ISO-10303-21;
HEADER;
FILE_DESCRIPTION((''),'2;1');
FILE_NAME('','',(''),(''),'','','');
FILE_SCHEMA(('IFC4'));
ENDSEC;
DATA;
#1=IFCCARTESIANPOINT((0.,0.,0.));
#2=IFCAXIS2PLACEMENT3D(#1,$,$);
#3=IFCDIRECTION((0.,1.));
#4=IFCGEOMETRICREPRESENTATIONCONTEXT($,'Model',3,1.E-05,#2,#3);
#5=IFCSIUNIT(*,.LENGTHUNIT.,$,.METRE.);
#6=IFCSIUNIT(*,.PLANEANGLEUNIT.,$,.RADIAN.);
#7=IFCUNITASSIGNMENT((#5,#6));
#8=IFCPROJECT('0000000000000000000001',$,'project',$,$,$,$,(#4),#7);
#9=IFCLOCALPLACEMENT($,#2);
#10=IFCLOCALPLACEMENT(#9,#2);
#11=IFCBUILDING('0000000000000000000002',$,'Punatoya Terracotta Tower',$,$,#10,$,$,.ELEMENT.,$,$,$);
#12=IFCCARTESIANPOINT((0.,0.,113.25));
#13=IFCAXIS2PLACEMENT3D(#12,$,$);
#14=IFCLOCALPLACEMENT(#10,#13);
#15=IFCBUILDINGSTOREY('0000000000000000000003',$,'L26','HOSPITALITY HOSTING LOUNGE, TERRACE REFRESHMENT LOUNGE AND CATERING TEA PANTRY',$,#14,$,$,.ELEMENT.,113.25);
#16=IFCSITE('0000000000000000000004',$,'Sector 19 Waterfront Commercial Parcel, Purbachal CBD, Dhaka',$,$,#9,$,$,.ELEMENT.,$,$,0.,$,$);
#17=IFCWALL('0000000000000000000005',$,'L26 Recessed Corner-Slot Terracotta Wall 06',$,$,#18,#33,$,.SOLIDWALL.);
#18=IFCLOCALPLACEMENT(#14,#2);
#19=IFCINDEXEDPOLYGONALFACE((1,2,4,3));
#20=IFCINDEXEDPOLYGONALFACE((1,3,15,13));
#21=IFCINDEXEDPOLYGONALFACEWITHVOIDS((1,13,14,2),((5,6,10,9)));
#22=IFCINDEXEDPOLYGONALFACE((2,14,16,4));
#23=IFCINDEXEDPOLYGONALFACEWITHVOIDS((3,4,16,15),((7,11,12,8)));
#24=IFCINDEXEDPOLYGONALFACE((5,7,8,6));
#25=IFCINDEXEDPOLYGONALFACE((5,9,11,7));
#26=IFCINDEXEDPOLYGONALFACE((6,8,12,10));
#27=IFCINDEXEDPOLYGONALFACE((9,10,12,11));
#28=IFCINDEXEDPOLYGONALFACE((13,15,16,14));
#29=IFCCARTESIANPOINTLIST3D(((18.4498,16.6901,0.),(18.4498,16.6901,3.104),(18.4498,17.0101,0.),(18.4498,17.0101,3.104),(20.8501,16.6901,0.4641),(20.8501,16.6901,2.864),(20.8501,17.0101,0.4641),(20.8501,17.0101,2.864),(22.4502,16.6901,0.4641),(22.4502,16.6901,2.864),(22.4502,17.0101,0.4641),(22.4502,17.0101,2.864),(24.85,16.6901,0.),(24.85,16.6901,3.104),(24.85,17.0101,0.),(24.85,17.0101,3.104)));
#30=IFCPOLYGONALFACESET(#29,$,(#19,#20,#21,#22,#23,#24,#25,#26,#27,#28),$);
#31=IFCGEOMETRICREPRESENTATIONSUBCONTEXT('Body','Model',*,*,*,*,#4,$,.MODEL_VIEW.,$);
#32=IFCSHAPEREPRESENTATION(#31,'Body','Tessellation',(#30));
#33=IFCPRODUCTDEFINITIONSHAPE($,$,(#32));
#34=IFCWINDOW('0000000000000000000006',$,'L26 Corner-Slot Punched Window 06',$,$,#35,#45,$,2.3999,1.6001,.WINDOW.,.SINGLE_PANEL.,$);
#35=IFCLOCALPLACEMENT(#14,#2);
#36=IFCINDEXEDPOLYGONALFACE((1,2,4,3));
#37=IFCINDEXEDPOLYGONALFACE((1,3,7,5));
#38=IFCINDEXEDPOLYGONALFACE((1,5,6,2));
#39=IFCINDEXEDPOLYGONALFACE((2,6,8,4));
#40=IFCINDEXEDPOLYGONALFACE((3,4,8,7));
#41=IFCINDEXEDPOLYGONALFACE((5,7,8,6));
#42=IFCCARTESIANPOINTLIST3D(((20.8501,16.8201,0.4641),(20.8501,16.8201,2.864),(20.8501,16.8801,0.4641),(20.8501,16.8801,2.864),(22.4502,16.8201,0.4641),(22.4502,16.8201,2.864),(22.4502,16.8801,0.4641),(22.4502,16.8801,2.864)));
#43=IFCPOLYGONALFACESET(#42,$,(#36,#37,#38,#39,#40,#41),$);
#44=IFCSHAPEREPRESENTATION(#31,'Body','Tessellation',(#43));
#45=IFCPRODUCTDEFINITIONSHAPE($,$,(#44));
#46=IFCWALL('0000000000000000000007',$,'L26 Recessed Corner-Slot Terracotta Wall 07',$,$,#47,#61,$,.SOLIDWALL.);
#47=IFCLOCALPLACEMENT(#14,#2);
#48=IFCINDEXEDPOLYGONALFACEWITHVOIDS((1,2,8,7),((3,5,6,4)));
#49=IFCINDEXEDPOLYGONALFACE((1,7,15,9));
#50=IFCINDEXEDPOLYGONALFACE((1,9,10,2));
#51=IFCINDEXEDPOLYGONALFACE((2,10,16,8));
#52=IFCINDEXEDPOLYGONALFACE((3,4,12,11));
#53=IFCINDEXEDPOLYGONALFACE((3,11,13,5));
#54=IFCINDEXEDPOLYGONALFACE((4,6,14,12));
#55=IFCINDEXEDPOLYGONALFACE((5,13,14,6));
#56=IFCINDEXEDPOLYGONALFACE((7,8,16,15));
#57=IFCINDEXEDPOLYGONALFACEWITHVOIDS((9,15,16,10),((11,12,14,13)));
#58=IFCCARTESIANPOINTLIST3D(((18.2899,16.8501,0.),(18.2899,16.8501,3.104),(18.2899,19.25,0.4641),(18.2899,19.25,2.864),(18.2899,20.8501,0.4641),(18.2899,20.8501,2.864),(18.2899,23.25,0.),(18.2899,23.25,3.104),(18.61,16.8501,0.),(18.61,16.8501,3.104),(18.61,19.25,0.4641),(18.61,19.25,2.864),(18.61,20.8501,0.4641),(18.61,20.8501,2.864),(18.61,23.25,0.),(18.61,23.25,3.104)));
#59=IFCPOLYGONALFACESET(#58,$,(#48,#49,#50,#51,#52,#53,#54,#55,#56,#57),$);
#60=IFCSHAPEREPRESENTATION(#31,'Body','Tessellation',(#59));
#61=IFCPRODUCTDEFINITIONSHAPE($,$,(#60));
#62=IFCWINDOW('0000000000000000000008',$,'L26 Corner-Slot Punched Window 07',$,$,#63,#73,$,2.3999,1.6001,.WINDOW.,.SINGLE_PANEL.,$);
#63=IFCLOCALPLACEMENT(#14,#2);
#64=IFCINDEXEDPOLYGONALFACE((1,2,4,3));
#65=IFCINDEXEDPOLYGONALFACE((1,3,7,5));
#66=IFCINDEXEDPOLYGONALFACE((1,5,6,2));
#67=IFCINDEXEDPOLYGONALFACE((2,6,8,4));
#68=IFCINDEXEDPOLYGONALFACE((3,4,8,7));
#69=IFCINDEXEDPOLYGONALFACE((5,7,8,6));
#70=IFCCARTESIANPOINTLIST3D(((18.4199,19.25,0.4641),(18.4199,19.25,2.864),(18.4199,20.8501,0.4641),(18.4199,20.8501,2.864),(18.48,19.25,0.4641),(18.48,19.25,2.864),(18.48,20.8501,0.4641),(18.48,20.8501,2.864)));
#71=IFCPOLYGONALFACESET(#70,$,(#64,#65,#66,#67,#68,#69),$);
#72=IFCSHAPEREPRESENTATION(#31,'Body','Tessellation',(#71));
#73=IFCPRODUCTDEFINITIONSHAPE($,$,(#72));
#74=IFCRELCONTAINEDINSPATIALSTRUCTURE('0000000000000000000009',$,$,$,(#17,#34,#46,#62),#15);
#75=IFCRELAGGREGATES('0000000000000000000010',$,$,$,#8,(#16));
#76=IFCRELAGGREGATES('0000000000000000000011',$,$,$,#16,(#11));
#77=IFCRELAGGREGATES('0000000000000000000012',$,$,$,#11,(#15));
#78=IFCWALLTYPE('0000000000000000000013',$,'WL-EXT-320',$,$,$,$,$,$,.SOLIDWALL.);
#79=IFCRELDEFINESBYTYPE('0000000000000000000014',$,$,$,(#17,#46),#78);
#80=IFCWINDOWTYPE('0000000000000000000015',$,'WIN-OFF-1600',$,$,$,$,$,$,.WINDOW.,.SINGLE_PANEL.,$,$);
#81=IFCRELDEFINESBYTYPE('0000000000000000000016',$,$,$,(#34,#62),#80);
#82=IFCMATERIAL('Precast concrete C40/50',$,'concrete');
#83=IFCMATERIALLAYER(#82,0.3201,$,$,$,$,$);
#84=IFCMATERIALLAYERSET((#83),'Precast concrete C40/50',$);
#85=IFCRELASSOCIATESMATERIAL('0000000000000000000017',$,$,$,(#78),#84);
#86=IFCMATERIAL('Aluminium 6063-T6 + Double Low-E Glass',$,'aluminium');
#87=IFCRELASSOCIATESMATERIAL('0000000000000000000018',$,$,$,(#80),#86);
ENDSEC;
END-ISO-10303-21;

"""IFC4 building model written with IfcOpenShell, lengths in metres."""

from ifc_helpers import new_model, si_unit, direction, frame, frame_2d, origin, place, context, subcontext, project, spatial, rectangle, extrude, material, layer, layer_set, type_object, element, fill, save


model = new_model("IFC4")

# Units and contexts
model_context = context("Model", 3, precision=1e-05, world=origin(), true_north=direction((0.0, 1.0)))
body_context = subcontext(model_context, "Body", "Model", "MODEL_VIEW")
ifc_project = project(units=[si_unit("LENGTHUNIT", "METRE"), si_unit("PLANEANGLEUNIT", "RADIAN")], contexts=[model_context])

# Site, building, storey
site_placement = place(None, origin())
site = spatial("IfcSite", under=ifc_project, at=site_placement, Name="Sector 19 Waterfront Commercial Parcel, Purbachal CBD, Dhaka", CompositionType="ELEMENT", RefElevation=0.0)
building_placement = place(site_placement, origin())
building = spatial("IfcBuilding", under=site, at=building_placement, Name="Punatoya Terracotta Tower", CompositionType="ELEMENT")
storey_placement = place(building_placement, frame((0.0, 0.0, 113.25)))
storey = spatial("IfcBuildingStorey", under=building, at=storey_placement, Name="L26", Description="HOSPITALITY HOSTING LOUNGE, TERRACE REFRESHMENT LOUNGE AND CATERING TEA PANTRY", CompositionType="ELEMENT", Elevation=113.25)

# Shared definitions
ifc_material_1 = material(Name="Aluminium 6063-T6 + Double Low-E Glass", Category="aluminium")

# Walls, openings, windows
ifc_material_2 = material(Name="Precast concrete C40/50", Category="concrete")
ifc_layer_1 = layer(ifc_material_2, 0.3201)
ifc_layer_set_1 = layer_set([ifc_layer_1], Name="Precast concrete C40/50")
wall_type_1 = type_object("IfcWallType", Name="WL-EXT-320", PredefinedType="SOLIDWALL", material=ifc_layer_set_1)
wall_1_placement = place(storey_placement, frame((24.8501, 16.8501, 0.0), z_axis=(0.0, 0.0, 1.0), x_axis=(-1.0, 0.0, 0.0)))
wall_1 = element("IfcWall", 1, at=wall_1_placement, inside=storey, type_object=wall_type_1, Name="L26 Recessed Corner-Slot Terracotta Wall 06", PredefinedType="SOLIDWALL", context=body_context, shape_type="SweptSolid", body=[
    extrude(rectangle(XDim=6.4001, YDim=0.3201, at=frame_2d((3.2002, 0.0))), origin(), (0.0, 0.0, 1.0), 3.104),
])
opening_1_placement = place(wall_1_placement, frame((2.3999, 0.0, 0.4641)))
opening_1 = element("IfcOpeningElement", 2, at=opening_1_placement, cuts=wall_1, PredefinedType="OPENING", context=body_context, shape_type="SweptSolid", body=[
    extrude(rectangle(XDim=1.6001, YDim=2.3999, at=frame_2d((0.8, 1.2))), frame((0.0, 0.1699, 0.0), z_axis=(0.0, -1.0, 0.0), x_axis=(1.0, 0.0, 0.0)), (0.0, 0.0, 1.0), 0.3401),
])
window_type = type_object("IfcWindowType", Name="WIN-OFF-1600", PartitioningType="SINGLE_PANEL", PredefinedType="WINDOW", material=ifc_material_1)
window_1_placement = place(opening_1_placement, origin())
window_1 = element("IfcWindow", 3, at=window_1_placement, inside=storey, type_object=window_type, Name="L26 Corner-Slot Punched Window 06", OverallHeight=2.3999, OverallWidth=1.6001, PartitioningType="SINGLE_PANEL", PredefinedType="WINDOW", context=body_context, shape_type="SweptSolid", body=[
    extrude(rectangle(XDim=1.6001, YDim=2.3999, at=frame_2d((0.8, 1.2))), frame((0.0, 0.03, 0.0), z_axis=(0.0, -1.0, 0.0), x_axis=(1.0, 0.0, 0.0)), (0.0, 0.0, 1.0), 0.0601),
])
fill(opening_1, window_1)
wall_2_placement = place(storey_placement, frame((18.45, 16.8501, 0.0), z_axis=(0.0, 0.0, 1.0), x_axis=(0.0, 1.0, 0.0)))
wall_2 = element("IfcWall", 4, at=wall_2_placement, inside=storey, type_object=wall_type_1, Name="L26 Recessed Corner-Slot Terracotta Wall 07", PredefinedType="SOLIDWALL", context=body_context, shape_type="SweptSolid", body=[
    extrude(rectangle(XDim=6.3999, YDim=0.3201, at=frame_2d((3.2, 0.0))), origin(), (0.0, 0.0, 1.0), 3.104),
])
opening_2_placement = place(wall_2_placement, frame((2.3999, 0.0, 0.4641)))
opening_2 = element("IfcOpeningElement", 5, at=opening_2_placement, cuts=wall_2, PredefinedType="OPENING", context=body_context, shape_type="SweptSolid", body=[
    extrude(rectangle(XDim=1.6001, YDim=2.3999, at=frame_2d((0.8, 1.2))), frame((0.0, 0.1699, 0.0), z_axis=(0.0, -1.0, 0.0), x_axis=(1.0, 0.0, 0.0)), (0.0, 0.0, 1.0), 0.3401),
])
window_2_placement = place(opening_2_placement, origin())
window_2 = element("IfcWindow", 6, at=window_2_placement, inside=storey, type_object=window_type, Name="L26 Corner-Slot Punched Window 07", OverallHeight=2.3999, OverallWidth=1.6001, PartitioningType="SINGLE_PANEL", PredefinedType="WINDOW", context=body_context, shape_type="SweptSolid", body=[
    extrude(rectangle(XDim=1.6001, YDim=2.3999, at=frame_2d((0.8, 1.2))), frame((0.0, 0.03, 0.0), z_axis=(0.0, -1.0, 0.0), x_axis=(1.0, 0.0, 0.0)), (0.0, 0.0, 1.0), 0.0601),
])
fill(opening_2, window_2)

save(model, "model.ifc")
